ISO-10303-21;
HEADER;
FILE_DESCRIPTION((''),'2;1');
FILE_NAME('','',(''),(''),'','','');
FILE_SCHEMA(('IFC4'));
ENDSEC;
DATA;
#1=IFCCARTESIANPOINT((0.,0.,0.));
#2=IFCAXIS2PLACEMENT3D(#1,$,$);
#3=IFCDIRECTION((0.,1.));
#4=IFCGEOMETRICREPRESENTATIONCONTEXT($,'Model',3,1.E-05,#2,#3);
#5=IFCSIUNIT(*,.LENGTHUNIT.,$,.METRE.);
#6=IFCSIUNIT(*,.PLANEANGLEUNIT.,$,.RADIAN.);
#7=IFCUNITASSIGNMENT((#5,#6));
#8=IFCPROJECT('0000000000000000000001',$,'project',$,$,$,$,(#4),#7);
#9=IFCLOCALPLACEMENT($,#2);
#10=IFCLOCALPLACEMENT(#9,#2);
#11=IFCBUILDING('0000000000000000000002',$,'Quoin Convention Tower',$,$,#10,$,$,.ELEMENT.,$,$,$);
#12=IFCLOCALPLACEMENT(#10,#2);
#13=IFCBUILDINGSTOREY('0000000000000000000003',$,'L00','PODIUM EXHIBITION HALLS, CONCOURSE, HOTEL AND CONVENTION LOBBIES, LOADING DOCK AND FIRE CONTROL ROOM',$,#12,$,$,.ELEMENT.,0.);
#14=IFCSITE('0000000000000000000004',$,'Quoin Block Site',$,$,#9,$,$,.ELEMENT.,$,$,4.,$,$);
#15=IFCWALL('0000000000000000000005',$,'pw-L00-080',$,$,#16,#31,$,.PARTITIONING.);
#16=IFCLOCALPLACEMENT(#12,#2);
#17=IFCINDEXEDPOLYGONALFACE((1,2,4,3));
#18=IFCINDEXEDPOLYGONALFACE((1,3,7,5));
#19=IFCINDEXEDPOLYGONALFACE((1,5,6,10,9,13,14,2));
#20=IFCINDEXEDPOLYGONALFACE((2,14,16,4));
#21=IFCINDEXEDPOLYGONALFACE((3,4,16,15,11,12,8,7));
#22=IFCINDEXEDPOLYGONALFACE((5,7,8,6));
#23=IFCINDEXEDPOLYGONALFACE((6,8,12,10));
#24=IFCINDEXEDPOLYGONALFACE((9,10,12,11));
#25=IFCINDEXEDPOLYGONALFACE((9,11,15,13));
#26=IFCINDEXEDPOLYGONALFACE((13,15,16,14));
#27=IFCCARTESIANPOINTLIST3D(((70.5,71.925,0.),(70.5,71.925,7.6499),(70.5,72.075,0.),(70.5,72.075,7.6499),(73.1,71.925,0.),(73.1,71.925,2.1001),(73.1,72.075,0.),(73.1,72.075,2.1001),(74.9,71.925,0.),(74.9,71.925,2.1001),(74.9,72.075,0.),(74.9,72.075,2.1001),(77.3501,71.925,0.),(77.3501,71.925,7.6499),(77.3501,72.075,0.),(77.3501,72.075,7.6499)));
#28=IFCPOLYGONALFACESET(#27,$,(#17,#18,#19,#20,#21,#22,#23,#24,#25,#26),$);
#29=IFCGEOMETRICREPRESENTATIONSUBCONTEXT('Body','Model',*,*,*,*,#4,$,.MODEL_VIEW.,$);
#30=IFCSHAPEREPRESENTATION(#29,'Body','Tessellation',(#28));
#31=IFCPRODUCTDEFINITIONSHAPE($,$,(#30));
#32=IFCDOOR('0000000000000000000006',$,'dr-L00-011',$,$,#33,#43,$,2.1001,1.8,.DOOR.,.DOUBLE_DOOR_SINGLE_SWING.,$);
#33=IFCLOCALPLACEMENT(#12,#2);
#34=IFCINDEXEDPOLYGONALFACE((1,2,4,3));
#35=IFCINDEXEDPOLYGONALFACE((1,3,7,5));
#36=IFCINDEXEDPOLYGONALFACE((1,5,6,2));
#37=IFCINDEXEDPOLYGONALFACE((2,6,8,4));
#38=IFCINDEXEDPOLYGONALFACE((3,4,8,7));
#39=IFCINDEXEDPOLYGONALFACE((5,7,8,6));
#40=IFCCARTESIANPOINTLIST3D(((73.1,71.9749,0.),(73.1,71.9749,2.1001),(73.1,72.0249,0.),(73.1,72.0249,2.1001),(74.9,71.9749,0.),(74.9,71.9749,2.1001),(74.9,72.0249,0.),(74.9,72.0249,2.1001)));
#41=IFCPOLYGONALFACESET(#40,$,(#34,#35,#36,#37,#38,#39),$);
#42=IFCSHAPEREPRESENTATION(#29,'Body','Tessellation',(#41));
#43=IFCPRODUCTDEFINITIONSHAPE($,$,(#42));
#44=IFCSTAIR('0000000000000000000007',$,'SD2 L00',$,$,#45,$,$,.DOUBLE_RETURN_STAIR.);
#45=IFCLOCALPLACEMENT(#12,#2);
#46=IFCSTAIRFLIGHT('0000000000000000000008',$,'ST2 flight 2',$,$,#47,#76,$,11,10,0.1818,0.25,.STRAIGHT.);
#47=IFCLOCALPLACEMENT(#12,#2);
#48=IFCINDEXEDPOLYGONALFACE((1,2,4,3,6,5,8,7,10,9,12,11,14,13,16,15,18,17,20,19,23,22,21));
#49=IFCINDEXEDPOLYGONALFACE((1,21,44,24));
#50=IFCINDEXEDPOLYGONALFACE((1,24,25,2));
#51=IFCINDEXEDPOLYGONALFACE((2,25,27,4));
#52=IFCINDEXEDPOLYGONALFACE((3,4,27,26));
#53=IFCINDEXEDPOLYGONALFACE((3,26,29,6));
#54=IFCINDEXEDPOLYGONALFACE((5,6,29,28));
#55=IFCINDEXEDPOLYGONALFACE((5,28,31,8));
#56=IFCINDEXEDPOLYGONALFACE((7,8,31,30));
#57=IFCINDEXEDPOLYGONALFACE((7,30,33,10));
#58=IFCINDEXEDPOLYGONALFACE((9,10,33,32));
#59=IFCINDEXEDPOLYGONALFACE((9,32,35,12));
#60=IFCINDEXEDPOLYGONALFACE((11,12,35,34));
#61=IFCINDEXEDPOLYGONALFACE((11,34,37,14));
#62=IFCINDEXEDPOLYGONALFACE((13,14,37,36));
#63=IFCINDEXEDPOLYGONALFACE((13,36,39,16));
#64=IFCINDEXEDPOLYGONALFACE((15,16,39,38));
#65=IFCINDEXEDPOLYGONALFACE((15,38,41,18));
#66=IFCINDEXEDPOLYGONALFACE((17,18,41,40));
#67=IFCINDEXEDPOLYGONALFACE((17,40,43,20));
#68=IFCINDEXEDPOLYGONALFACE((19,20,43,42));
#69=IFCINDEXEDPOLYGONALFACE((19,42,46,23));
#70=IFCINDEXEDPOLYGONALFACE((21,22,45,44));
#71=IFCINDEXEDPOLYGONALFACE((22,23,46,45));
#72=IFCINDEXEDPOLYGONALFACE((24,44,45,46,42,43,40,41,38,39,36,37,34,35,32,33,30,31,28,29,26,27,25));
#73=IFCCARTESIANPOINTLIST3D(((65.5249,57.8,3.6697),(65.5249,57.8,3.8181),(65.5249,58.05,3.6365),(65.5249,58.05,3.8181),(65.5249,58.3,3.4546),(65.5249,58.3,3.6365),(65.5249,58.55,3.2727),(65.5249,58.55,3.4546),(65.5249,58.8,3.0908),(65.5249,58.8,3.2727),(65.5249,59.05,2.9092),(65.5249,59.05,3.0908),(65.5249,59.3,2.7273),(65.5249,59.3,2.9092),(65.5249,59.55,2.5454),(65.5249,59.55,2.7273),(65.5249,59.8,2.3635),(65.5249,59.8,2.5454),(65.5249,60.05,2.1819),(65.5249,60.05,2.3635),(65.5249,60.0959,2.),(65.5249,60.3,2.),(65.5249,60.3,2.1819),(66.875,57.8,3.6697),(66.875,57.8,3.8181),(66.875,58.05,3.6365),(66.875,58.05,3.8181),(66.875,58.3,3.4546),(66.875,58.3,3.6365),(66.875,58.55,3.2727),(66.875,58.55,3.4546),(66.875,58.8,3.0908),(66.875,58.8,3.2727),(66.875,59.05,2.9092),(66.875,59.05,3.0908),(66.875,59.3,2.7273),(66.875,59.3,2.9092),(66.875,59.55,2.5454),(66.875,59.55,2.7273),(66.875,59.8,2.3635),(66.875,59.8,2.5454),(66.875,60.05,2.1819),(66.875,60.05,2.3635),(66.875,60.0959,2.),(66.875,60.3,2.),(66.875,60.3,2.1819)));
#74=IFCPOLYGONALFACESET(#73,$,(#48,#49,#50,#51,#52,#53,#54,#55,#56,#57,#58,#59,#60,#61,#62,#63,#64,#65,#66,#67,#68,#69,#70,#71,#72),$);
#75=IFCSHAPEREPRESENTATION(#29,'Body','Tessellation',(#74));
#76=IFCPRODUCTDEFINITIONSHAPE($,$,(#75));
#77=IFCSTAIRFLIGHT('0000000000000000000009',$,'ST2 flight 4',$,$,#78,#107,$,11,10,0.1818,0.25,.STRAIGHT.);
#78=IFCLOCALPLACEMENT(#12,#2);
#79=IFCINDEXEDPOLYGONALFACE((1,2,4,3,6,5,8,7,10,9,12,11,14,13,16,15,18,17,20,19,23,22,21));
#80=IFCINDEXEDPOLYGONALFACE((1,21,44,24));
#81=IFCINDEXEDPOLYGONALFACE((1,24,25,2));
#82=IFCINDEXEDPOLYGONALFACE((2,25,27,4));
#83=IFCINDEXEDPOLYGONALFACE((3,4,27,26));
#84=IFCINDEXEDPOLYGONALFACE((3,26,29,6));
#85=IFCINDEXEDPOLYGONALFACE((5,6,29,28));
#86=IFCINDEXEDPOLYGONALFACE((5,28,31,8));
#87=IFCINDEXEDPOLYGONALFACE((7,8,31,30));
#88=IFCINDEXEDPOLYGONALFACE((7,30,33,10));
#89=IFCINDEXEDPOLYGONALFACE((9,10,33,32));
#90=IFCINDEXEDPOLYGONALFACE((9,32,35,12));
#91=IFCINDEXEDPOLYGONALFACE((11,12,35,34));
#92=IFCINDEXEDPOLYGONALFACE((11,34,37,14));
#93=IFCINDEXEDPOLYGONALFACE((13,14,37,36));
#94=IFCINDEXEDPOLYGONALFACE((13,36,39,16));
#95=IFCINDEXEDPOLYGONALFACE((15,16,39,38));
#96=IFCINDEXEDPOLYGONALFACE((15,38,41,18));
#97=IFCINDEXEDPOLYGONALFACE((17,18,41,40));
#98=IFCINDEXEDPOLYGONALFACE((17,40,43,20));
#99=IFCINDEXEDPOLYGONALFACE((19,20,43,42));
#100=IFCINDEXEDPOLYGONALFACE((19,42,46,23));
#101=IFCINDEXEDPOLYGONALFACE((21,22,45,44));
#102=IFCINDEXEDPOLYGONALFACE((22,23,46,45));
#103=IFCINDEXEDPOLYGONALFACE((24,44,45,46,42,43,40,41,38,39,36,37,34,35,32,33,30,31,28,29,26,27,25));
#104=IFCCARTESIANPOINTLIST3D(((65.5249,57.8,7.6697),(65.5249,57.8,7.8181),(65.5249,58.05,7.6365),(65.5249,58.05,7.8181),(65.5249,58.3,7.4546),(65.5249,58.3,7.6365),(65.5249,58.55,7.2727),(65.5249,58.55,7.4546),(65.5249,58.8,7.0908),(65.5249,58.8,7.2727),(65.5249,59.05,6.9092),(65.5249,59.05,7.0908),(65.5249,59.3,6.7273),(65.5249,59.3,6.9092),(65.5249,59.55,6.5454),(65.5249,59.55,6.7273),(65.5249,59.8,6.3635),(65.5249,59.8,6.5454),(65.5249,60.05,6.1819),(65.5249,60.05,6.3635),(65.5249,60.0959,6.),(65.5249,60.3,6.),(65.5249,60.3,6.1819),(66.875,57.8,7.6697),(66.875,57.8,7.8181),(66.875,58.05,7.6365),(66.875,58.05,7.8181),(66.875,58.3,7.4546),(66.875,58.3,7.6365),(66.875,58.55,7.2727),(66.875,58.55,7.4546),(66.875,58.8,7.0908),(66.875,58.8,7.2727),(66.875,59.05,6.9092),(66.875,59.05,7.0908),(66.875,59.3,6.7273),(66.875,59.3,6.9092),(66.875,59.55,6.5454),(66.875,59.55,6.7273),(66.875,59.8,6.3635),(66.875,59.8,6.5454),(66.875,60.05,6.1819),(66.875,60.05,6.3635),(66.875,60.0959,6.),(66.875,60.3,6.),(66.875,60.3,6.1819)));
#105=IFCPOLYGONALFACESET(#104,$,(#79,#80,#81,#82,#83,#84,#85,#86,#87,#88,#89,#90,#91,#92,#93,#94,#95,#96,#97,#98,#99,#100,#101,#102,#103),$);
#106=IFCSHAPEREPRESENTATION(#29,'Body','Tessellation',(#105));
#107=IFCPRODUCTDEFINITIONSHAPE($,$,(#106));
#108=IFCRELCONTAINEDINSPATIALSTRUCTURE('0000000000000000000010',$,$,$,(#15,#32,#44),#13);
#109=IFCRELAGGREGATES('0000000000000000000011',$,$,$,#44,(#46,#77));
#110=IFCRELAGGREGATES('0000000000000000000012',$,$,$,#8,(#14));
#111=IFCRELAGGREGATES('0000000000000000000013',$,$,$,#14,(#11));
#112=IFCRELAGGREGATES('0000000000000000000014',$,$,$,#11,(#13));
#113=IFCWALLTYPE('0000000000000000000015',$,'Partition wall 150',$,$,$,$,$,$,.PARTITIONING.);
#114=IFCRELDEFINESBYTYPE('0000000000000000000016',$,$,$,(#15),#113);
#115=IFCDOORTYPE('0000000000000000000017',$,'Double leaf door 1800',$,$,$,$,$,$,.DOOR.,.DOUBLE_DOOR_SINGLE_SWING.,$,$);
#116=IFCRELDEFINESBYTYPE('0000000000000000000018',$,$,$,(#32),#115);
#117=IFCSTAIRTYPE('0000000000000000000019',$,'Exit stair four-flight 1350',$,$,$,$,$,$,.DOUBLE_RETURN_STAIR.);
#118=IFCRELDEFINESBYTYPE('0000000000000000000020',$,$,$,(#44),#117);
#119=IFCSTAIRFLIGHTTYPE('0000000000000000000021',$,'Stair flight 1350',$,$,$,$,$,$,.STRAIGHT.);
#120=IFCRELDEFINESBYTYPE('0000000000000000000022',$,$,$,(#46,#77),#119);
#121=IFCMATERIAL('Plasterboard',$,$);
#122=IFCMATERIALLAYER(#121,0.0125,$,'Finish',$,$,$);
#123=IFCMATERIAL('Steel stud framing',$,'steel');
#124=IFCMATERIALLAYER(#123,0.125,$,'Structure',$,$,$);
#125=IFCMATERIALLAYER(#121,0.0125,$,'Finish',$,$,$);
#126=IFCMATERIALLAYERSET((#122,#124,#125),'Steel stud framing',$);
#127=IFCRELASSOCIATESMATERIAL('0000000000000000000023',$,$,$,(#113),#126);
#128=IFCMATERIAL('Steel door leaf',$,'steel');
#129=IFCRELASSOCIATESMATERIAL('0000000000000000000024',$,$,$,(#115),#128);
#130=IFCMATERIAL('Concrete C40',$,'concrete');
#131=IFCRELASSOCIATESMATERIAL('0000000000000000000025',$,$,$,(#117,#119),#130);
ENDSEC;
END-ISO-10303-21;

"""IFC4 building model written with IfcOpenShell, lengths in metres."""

from ifc_helpers import new_model, si_unit, direction, frame, frame_2d, origin, place, context, subcontext, project, spatial, polyline, rectangle, outline, extrude, material, layer, layer_set, type_object, element, fill, aggregate, save


model = new_model("IFC4")

# Units and contexts
model_context = context("Model", 3, precision=1e-05, world=origin(), true_north=direction((0.0, 1.0)))
body_context = subcontext(model_context, "Body", "Model", "MODEL_VIEW")
ifc_project = project(units=[si_unit("LENGTHUNIT", "METRE"), si_unit("PLANEANGLEUNIT", "RADIAN")], contexts=[model_context])

# Site, building, storey
site_placement = place(None, origin())
site = spatial("IfcSite", under=ifc_project, at=site_placement, Name="Quoin Block Site", CompositionType="ELEMENT", RefElevation=4.0)
building_placement = place(site_placement, origin())
building = spatial("IfcBuilding", under=site, at=building_placement, Name="Quoin Convention Tower", CompositionType="ELEMENT")
storey_placement = place(building_placement, origin())
storey = spatial("IfcBuildingStorey", under=building, at=storey_placement, Name="L00", Description="PODIUM EXHIBITION HALLS, CONCOURSE, HOTEL AND CONVENTION LOBBIES, LOADING DOCK AND FIRE CONTROL ROOM", CompositionType="ELEMENT", Elevation=0.0)

# Shared definitions
ifc_material_1 = material(Name="Plasterboard")
ifc_material_2 = material(Name="Steel stud framing", Category="steel")

# Shared definitions
ifc_material_3 = material(Name="Steel door leaf", Category="steel")

# Wall, opening, door
ifc_layer_1 = layer(ifc_material_1, 0.0125, Name="Finish")
ifc_layer_2 = layer(ifc_material_2, 0.125, Name="Structure")
ifc_layer_3 = layer(ifc_material_1, 0.0125, Name="Finish")
ifc_layer_set_1 = layer_set([ifc_layer_1, ifc_layer_2, ifc_layer_3], Name="Steel stud framing")
wall_type_1 = type_object("IfcWallType", Name="Partition wall 150", PredefinedType="PARTITIONING", material=ifc_layer_set_1)
door_type_1 = type_object("IfcDoorType", Name="Double leaf door 1800", OperationType="DOUBLE_DOOR_SINGLE_SWING", PredefinedType="DOOR", material=ifc_material_3)
wall_1_placement = place(storey_placement, frame((70.5, 72.0, 0.0), z_axis=(0.0, 0.0, 1.0), x_axis=(1.0, 0.0, 0.0)))
wall_1 = element("IfcWall", 1, at=wall_1_placement, inside=storey, type_object=wall_type_1, Name="pw-L00-080", PredefinedType="PARTITIONING", context=body_context, shape_type="SweptSolid", body=[
    extrude(rectangle(XDim=6.8501, YDim=0.1499, at=frame_2d((3.425, 0.0))), origin(), (0.0, 0.0, 1.0), 7.6499),
])
opening_1_placement = place(wall_1_placement, frame((2.6001, 0.0, 0.0)))
opening_1 = element("IfcOpeningElement", 2, at=opening_1_placement, cuts=wall_1, PredefinedType="OPENING", context=body_context, shape_type="SweptSolid", body=[
    extrude(rectangle(XDim=1.8, YDim=2.1001, at=frame_2d((0.8999, 1.05))), frame((0.0, 0.085, 0.0), z_axis=(0.0, -1.0, 0.0), x_axis=(1.0, 0.0, 0.0)), (0.0, 0.0, 1.0), 0.1699),
])
door_1_placement = place(opening_1_placement, origin())
door_1 = element("IfcDoor", 3, at=door_1_placement, inside=storey, type_object=door_type_1, Name="dr-L00-011", OperationType="DOUBLE_DOOR_SINGLE_SWING", OverallHeight=2.1001, OverallWidth=1.8, PredefinedType="DOOR", context=body_context, shape_type="SweptSolid", body=[
    extrude(rectangle(XDim=1.8, YDim=2.1001, at=frame_2d((0.8999, 1.05))), frame((0.0, 0.0249, 0.0), z_axis=(0.0, -1.0, 0.0), x_axis=(1.0, 0.0, 0.0)), (0.0, 0.0, 1.0), 0.05),
])
fill(opening_1, door_1)

# Stair, stair flights
ifc_material_4 = material(Name="Concrete C40", Category="concrete")
stair_type = type_object("IfcStairType", Name="Exit stair four-flight 1350", PredefinedType="DOUBLE_RETURN_STAIR", material=ifc_material_4)
stair_placement = place(storey_placement, origin())
stair = element("IfcStair", 4, at=stair_placement, inside=storey, type_object=stair_type, Name="SD2 L00", PredefinedType="DOUBLE_RETURN_STAIR")
stair_flight_type = type_object("IfcStairFlightType", Name="Stair flight 1350", PredefinedType="STRAIGHT", material=ifc_material_4)
stair_flight_1_placement = place(storey_placement, frame((66.2, 60.3, 2.0), z_axis=(0.0, 0.0, 1.0), x_axis=(0.0, -1.0, 0.0)))
stair_flight_1 = element("IfcStairFlight", 5, at=stair_flight_1_placement, type_object=stair_flight_type, Name="ST2 flight 2", NumberOfRisers=11, NumberOfTreads=10, PredefinedType="STRAIGHT", RiserHeight=0.1818, TreadLength=0.25, context=body_context, shape_type="SweptSolid", body=[
    extrude(outline(polyline([(0.0, 0.0), (0.0, 0.1819), (0.25, 0.1819), (0.25, 0.3635), (0.5, 0.3635), (0.5, 0.5454), (0.75, 0.5454), (0.75, 0.7273), (1.0, 0.7273), (1.0, 0.9092), (1.25, 0.9092), (1.25, 1.0908), (1.5, 1.0908), (1.5, 1.2727), (1.75, 1.2727), (1.75, 1.4546), (2.0, 1.4546), (2.0, 1.6365), (2.25, 1.6365), (2.25, 1.8181), (2.5, 1.8181), (2.5, 2.0), (2.5, 1.6697), (0.2041, 0.0), (0.0, 0.0)])), frame((0.0, 0.675, 0.0), z_axis=(0.0, -1.0, 0.0), x_axis=(1.0, 0.0, 0.0)), (0.0, 0.0, 1.0), 1.3501),
])
stair_flight_2_placement = place(storey_placement, frame((66.2, 60.3, 6.0), z_axis=(0.0, 0.0, 1.0), x_axis=(0.0, -1.0, 0.0)))
stair_flight_2 = element("IfcStairFlight", 6, at=stair_flight_2_placement, type_object=stair_flight_type, Name="ST2 flight 4", NumberOfRisers=11, NumberOfTreads=10, PredefinedType="STRAIGHT", RiserHeight=0.1818, TreadLength=0.25, context=body_context, shape_type="SweptSolid", body=[
    extrude(outline(polyline([(0.0, 0.0), (0.0, 0.1819), (0.25, 0.1819), (0.25, 0.3635), (0.5, 0.3635), (0.5, 0.5454), (0.75, 0.5454), (0.75, 0.7273), (1.0, 0.7273), (1.0, 0.9092), (1.25, 0.9092), (1.25, 1.0908), (1.5, 1.0908), (1.5, 1.2727), (1.75, 1.2727), (1.75, 1.4546), (2.0, 1.4546), (2.0, 1.6365), (2.25, 1.6365), (2.25, 1.8181), (2.5, 1.8181), (2.5, 2.0), (2.5, 1.6697), (0.2041, 0.0), (0.0, 0.0)])), frame((0.0, 0.675, 0.0), z_axis=(0.0, -1.0, 0.0), x_axis=(1.0, 0.0, 0.0)), (0.0, 0.0, 1.0), 1.3501),
])
aggregate(stair, [stair_flight_1, stair_flight_2])

save(model, "model.ifc")
